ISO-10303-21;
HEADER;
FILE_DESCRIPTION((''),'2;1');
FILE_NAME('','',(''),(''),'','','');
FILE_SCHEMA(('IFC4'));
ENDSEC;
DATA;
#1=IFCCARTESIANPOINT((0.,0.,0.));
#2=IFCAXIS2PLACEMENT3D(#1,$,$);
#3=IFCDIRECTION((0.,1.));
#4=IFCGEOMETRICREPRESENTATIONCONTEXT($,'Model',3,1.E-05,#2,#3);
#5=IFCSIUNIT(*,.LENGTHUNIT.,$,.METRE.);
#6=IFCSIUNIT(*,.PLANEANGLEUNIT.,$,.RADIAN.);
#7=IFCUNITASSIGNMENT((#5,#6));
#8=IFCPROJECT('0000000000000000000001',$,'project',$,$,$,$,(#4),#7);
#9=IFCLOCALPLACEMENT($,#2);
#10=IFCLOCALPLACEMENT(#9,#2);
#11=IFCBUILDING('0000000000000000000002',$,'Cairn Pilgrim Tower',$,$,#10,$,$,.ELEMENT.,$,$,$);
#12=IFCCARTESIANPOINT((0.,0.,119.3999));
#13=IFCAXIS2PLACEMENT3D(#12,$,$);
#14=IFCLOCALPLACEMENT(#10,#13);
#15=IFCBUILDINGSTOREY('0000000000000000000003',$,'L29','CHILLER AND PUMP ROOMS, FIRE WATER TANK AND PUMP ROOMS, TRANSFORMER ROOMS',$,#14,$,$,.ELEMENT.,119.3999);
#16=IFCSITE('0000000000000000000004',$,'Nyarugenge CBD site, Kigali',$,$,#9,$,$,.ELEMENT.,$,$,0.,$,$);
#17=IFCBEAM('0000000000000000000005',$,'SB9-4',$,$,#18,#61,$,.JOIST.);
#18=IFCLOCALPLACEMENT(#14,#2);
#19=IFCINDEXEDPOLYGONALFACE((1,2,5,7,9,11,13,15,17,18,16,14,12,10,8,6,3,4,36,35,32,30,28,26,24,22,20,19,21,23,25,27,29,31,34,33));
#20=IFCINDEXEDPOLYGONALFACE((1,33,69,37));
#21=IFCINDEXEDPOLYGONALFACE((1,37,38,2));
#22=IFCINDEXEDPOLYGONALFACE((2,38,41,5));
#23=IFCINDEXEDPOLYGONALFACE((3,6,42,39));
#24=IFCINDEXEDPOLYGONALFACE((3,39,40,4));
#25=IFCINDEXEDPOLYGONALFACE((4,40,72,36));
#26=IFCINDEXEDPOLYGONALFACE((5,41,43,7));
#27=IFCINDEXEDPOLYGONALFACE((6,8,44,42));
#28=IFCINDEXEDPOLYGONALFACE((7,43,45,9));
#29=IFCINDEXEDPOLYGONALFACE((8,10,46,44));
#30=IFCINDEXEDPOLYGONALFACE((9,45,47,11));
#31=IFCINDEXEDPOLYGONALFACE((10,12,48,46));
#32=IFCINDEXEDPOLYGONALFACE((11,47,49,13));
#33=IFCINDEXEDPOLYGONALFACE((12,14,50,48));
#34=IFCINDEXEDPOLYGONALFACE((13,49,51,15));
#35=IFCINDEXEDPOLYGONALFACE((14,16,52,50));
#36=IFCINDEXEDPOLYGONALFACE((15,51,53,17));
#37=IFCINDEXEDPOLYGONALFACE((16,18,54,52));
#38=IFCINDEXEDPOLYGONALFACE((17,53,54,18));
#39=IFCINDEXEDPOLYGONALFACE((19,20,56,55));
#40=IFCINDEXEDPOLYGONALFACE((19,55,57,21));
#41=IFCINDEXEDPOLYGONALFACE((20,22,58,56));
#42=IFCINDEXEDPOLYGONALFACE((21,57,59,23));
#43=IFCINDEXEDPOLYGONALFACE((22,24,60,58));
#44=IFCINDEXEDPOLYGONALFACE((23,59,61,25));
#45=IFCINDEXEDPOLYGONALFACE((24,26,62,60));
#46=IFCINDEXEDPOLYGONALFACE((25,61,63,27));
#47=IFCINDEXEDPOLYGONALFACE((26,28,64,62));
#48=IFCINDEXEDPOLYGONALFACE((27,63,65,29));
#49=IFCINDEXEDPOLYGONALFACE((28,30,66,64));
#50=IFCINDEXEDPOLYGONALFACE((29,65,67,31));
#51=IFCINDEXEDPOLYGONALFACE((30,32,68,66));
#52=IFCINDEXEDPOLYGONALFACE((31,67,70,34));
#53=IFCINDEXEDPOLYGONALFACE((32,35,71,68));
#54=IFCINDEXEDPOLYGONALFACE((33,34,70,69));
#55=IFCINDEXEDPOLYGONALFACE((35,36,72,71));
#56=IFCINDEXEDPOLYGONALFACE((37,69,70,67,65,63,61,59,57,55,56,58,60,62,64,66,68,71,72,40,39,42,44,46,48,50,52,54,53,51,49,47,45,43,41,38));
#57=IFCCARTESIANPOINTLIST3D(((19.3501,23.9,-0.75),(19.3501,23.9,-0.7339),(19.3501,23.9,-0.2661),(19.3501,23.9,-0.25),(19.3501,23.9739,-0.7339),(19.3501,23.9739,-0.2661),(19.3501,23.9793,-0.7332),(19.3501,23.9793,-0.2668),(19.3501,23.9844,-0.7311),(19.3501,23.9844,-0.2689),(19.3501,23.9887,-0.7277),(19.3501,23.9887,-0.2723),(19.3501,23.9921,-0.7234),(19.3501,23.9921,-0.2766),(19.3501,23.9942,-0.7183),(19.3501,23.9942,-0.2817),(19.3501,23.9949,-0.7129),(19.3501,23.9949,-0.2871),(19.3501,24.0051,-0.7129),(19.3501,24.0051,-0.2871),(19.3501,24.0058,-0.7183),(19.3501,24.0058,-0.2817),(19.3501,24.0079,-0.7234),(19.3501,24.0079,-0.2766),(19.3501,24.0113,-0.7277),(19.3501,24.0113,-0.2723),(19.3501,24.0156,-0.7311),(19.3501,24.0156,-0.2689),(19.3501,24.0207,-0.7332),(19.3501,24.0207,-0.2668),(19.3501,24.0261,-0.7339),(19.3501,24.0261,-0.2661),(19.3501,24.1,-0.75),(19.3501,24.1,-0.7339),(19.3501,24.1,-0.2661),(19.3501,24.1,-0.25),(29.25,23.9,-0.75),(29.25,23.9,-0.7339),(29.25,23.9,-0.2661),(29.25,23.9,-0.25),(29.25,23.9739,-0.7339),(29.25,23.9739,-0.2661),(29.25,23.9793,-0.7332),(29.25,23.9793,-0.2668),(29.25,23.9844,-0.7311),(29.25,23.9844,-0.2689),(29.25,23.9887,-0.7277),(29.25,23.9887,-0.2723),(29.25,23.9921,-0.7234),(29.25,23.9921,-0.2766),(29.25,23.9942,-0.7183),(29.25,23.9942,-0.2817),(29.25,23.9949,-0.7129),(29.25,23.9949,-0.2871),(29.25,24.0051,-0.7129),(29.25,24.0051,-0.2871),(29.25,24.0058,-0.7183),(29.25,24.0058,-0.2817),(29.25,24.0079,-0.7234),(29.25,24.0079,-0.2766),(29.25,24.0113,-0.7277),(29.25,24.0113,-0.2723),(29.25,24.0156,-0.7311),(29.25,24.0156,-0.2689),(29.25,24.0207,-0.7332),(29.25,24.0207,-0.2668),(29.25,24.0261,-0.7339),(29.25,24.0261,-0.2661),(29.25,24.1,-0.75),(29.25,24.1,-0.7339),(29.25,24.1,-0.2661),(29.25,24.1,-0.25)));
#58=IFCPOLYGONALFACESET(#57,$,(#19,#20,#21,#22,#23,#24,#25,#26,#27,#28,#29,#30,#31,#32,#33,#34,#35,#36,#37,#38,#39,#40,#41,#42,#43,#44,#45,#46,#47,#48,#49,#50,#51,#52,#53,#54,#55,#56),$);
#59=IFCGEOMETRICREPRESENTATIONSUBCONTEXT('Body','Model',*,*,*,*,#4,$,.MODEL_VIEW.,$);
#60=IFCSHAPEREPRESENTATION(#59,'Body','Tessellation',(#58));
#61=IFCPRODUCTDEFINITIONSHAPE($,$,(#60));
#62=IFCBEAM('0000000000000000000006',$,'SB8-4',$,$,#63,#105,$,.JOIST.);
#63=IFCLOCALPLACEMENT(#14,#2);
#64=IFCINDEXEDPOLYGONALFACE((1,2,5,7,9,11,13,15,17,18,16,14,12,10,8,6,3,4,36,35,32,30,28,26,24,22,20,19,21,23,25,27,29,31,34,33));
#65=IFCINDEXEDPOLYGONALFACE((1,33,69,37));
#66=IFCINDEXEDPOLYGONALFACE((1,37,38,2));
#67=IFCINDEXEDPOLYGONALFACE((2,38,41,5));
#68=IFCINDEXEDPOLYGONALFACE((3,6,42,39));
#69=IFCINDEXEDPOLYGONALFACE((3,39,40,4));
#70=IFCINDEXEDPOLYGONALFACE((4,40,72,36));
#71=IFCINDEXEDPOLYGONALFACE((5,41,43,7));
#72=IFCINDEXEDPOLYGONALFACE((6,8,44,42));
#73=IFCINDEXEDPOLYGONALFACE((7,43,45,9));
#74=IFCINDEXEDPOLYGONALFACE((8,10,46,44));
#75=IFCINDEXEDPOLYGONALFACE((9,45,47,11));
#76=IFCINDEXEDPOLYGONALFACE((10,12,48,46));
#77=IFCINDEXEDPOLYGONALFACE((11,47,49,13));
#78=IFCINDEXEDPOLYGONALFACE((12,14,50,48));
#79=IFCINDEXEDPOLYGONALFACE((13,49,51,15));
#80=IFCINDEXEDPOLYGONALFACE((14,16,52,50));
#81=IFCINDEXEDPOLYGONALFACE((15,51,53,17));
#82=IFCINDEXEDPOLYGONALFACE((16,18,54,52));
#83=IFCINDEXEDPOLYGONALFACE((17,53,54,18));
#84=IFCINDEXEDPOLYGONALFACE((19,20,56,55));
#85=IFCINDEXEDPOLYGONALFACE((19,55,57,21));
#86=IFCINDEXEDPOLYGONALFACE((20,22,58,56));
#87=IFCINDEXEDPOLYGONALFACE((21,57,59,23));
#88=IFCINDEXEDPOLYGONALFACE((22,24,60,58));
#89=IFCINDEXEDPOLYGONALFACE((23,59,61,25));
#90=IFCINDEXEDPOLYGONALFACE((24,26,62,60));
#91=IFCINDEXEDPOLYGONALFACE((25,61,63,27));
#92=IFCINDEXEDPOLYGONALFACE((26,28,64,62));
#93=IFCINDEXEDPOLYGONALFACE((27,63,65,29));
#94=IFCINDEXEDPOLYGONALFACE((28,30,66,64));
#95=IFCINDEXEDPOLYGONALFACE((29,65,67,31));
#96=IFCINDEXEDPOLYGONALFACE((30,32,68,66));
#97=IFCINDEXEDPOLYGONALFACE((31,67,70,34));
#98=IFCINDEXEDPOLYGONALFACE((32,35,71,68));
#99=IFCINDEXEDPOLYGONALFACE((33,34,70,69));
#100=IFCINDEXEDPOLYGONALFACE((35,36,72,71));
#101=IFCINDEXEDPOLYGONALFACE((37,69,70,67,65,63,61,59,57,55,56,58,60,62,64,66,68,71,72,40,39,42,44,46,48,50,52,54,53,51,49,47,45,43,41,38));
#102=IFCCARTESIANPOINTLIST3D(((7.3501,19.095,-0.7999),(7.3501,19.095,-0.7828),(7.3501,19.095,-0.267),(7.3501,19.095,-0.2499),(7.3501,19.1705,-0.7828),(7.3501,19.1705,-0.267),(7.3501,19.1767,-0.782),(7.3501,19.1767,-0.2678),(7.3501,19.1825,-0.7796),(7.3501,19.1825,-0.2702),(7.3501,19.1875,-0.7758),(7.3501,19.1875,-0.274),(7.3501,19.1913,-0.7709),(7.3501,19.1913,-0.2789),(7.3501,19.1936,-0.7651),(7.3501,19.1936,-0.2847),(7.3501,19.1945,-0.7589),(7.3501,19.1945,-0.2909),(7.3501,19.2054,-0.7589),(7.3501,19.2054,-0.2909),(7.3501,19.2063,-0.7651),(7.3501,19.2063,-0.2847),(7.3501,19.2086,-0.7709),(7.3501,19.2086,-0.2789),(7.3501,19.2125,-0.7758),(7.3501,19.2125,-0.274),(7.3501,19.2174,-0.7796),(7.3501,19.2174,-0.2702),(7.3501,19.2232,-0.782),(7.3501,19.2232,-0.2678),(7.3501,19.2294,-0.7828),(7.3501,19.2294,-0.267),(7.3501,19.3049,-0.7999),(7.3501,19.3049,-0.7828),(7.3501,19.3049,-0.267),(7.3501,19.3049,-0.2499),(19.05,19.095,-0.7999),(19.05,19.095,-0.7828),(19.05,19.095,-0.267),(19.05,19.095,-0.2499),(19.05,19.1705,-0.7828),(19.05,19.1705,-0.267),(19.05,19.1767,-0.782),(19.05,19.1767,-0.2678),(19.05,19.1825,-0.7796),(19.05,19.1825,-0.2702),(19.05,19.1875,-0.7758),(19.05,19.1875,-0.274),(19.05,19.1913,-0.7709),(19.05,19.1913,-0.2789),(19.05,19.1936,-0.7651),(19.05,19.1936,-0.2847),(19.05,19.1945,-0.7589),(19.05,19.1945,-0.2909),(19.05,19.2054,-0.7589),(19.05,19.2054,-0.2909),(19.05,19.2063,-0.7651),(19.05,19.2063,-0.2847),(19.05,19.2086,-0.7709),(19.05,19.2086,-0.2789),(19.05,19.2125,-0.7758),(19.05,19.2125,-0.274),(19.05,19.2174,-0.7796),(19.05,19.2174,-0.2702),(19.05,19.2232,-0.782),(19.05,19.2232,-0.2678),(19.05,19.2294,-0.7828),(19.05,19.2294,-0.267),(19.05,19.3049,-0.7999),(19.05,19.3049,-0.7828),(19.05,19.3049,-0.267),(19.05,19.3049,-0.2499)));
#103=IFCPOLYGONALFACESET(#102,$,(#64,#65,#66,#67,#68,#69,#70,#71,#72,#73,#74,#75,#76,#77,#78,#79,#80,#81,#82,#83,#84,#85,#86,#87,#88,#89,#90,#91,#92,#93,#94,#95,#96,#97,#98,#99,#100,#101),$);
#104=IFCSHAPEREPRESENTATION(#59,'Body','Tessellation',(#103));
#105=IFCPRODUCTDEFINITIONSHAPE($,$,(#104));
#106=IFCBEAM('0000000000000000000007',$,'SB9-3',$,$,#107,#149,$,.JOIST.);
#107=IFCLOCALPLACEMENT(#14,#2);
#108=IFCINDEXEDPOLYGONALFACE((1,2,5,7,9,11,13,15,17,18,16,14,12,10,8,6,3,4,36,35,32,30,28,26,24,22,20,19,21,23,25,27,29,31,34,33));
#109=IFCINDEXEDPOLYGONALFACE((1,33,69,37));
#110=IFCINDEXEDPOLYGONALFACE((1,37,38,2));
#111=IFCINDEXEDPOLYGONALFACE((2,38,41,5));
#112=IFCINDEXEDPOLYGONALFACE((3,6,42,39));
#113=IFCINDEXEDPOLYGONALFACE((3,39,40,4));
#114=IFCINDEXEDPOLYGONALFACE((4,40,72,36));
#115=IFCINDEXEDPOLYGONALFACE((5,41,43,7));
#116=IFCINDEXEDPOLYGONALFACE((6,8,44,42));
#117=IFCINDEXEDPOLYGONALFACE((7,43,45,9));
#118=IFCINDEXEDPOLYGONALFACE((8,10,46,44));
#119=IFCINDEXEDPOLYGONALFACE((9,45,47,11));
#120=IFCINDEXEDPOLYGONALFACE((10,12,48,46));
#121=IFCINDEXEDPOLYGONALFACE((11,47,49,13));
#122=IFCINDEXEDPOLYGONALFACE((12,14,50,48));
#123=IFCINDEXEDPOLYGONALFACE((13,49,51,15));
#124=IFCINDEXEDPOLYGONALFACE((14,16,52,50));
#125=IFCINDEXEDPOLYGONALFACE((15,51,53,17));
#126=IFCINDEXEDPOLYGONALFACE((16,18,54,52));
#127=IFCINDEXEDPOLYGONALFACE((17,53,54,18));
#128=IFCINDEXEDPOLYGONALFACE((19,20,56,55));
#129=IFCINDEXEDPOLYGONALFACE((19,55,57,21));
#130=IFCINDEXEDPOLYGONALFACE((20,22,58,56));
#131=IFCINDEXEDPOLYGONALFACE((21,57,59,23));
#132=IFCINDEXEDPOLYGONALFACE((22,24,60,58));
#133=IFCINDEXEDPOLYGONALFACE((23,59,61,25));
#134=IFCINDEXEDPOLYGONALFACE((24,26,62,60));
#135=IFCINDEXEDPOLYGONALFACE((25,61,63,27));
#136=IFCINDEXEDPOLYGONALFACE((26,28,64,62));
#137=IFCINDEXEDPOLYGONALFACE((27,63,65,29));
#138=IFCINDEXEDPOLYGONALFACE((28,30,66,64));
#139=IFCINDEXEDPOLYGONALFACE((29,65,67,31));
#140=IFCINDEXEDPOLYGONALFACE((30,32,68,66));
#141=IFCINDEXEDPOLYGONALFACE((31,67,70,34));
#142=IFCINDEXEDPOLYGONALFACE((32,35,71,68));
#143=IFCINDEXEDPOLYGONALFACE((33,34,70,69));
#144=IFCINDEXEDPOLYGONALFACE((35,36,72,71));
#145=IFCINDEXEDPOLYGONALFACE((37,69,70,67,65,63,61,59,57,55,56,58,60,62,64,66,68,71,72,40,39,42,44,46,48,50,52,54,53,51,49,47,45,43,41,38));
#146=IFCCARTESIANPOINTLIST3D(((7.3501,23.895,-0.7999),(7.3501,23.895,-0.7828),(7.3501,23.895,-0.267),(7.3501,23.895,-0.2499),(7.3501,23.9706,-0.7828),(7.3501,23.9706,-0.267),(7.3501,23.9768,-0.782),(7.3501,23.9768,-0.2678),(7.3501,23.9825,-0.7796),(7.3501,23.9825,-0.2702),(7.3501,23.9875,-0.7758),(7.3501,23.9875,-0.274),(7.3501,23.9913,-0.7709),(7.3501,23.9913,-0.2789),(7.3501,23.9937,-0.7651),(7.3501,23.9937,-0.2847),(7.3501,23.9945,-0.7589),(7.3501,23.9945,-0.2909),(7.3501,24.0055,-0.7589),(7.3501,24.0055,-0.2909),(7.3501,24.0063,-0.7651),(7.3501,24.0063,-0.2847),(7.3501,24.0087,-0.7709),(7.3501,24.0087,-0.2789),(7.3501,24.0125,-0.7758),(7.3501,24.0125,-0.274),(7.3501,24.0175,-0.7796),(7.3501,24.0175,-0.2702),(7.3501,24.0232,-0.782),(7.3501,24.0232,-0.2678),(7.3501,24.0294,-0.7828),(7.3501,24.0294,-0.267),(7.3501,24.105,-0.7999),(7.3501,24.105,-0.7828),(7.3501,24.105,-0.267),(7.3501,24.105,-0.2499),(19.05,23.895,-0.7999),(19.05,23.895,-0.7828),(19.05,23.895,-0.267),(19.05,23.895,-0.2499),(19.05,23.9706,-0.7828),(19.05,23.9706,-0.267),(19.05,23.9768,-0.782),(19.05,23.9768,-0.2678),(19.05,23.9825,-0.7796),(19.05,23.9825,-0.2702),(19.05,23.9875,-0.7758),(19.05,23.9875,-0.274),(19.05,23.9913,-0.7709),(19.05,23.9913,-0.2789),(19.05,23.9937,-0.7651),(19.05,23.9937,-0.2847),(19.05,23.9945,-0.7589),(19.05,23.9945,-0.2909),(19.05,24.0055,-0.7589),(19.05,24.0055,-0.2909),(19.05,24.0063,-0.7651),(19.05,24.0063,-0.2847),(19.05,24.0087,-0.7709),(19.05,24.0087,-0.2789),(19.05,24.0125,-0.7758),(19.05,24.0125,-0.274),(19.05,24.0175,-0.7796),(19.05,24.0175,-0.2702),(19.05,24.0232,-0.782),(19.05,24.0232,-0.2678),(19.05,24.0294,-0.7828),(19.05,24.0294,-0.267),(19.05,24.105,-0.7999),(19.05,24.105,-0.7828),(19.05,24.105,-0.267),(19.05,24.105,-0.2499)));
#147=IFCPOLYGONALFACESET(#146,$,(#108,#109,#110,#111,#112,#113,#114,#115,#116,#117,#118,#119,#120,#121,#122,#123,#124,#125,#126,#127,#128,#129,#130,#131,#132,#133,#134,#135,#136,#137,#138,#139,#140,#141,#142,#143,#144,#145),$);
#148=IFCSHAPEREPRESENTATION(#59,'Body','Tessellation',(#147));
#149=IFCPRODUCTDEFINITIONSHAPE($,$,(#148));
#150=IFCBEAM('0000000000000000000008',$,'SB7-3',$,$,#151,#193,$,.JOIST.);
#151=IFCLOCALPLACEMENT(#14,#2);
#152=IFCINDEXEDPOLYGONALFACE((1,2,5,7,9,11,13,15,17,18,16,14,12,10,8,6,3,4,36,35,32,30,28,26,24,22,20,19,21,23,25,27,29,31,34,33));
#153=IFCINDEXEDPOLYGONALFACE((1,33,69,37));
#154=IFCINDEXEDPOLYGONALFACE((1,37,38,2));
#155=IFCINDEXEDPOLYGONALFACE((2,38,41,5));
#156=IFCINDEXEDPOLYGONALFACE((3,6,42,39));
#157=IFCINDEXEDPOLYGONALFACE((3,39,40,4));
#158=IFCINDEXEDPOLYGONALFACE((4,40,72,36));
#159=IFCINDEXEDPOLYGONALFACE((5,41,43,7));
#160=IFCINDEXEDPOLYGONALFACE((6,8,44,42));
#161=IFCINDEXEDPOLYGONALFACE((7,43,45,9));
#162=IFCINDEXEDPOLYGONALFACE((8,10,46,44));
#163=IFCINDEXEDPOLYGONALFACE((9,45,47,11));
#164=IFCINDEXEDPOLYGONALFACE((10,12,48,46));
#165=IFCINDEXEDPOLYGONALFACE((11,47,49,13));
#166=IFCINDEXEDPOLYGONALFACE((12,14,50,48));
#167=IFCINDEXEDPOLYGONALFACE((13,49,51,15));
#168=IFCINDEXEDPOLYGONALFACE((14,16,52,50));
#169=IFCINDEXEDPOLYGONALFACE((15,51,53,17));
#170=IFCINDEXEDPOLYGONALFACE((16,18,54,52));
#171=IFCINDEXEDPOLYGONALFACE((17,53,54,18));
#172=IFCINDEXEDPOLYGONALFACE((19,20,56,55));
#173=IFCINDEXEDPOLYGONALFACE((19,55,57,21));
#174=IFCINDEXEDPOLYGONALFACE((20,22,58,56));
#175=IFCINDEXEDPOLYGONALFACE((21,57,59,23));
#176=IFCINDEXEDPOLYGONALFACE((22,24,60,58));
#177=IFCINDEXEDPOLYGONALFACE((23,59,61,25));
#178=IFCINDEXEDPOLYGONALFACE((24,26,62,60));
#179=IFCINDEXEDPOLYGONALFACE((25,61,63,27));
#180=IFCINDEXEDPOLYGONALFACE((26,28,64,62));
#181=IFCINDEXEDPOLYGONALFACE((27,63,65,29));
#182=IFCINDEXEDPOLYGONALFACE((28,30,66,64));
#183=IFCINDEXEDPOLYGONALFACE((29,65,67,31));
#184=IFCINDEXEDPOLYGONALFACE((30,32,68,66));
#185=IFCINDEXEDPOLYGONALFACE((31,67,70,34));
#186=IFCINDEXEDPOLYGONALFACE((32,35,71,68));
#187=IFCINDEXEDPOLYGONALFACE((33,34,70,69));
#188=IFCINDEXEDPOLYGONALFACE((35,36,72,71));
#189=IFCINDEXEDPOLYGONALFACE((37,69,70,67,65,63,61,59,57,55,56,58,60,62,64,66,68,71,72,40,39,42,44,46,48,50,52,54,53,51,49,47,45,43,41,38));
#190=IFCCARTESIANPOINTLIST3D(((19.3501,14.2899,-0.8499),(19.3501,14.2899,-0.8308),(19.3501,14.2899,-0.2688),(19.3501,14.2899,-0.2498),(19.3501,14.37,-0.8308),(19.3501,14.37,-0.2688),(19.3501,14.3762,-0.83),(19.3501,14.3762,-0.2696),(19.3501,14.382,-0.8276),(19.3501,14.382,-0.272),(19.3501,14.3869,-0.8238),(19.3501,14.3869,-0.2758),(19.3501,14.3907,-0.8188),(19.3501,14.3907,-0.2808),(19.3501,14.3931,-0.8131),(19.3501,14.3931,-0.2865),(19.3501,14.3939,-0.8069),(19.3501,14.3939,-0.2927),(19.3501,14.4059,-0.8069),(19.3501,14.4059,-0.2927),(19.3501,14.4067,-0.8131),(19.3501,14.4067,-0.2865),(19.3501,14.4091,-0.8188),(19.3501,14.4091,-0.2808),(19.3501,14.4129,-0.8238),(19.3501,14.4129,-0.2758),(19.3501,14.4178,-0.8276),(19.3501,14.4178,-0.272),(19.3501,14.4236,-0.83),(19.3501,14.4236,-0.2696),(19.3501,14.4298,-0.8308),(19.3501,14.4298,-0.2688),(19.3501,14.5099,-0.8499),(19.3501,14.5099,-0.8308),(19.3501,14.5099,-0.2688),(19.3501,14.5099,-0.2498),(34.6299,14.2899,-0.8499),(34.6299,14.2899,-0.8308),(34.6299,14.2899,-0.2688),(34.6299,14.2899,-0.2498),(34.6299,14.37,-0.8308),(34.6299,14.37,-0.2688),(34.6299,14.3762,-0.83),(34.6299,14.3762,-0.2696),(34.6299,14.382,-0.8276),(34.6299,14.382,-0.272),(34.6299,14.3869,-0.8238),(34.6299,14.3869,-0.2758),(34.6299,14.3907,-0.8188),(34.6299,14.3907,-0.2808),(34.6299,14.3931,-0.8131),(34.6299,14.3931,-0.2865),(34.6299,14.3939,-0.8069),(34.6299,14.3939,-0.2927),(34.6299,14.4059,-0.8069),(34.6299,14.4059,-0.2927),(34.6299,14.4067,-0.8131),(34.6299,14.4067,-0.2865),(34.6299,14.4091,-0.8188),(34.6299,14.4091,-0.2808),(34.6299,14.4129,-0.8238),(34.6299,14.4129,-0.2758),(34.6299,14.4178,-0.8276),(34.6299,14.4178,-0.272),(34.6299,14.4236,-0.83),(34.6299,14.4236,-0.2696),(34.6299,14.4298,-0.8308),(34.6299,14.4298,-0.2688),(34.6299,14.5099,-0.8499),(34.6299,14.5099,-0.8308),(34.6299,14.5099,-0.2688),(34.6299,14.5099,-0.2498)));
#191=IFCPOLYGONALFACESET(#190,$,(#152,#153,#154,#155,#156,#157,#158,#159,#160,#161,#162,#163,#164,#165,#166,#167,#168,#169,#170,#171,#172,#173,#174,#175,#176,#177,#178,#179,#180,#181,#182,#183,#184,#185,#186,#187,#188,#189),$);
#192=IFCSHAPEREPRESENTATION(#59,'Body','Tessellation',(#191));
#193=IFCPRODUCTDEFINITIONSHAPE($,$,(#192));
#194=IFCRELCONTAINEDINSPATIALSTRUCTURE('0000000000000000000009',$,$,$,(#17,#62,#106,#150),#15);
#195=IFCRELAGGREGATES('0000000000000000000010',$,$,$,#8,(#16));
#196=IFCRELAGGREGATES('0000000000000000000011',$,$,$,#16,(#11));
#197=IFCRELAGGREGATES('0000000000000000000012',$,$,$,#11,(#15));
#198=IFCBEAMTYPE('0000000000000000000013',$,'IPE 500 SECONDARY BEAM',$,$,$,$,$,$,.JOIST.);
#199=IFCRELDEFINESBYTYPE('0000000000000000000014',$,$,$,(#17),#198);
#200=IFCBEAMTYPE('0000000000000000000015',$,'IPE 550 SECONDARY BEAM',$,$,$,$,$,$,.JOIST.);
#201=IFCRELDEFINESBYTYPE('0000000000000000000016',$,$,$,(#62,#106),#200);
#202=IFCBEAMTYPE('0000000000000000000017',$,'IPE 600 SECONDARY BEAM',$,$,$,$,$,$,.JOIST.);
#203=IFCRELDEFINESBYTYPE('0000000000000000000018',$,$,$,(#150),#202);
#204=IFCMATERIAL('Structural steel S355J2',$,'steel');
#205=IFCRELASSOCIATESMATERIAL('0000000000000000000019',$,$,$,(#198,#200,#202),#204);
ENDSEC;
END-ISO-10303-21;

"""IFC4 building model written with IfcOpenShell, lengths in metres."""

from ifc_helpers import new_model, si_unit, direction, frame, origin, origin_2d, place, context, subcontext, project, spatial, i_section, extrude, material, material_profile, profile_set, type_object, element, save


model = new_model("IFC4")

# Units and contexts
model_context = context("Model", 3, precision=1e-05, world=origin(), true_north=direction((0.0, 1.0)))
body_context = subcontext(model_context, "Body", "Model", "MODEL_VIEW")
ifc_project = project(units=[si_unit("LENGTHUNIT", "METRE"), si_unit("PLANEANGLEUNIT", "RADIAN")], contexts=[model_context])

# Site, building, storey
site_placement = place(None, origin())
site = spatial("IfcSite", under=ifc_project, at=site_placement, Name="Nyarugenge CBD site, Kigali", CompositionType="ELEMENT", RefElevation=0.0)
building_placement = place(site_placement, origin())
building = spatial("IfcBuilding", under=site, at=building_placement, Name="Cairn Pilgrim Tower", CompositionType="ELEMENT")
storey_placement = place(building_placement, frame((0.0, 0.0, 119.3999)))
storey = spatial("IfcBuildingStorey", under=building, at=storey_placement, Name="L29", Description="CHILLER AND PUMP ROOMS, FIRE WATER TANK AND PUMP ROOMS, TRANSFORMER ROOMS", CompositionType="ELEMENT", Elevation=119.3999)

# Beams
ifc_material_1 = material(Name="Structural steel S355J2", Category="steel")
ifc_material_profile_1 = material_profile(ifc_material_1, i_section(OverallWidth=0.2, OverallDepth=0.5, WebThickness=0.0103, FlangeThickness=0.0161, FilletRadius=0.021, at=origin_2d()), Name="IPE 500")
ifc_profile_set_1 = profile_set([ifc_material_profile_1], Name="Structural steel S355J2")
beam_type_1 = type_object("IfcBeamType", Name="IPE 500 SECONDARY BEAM", PredefinedType="JOIST", material=ifc_profile_set_1)
beam_1_placement = place(storey_placement, frame((19.3501, 24.0, -0.5), z_axis=(1.0, 0.0, 0.0), x_axis=(0.0, 1.0, 0.0)))
element("IfcBeam", 1, at=beam_1_placement, inside=storey, type_object=beam_type_1, Name="SB9-4", PredefinedType="JOIST", context=body_context, shape_type="SweptSolid", body=[
    extrude(i_section(OverallWidth=0.2, OverallDepth=0.5, WebThickness=0.0103, FlangeThickness=0.0161, FilletRadius=0.021, at=origin_2d()), origin(), (0.0, 0.0, 1.0), 9.8999),
])
ifc_material_profile_2 = material_profile(ifc_material_1, i_section(OverallWidth=0.21, OverallDepth=0.55, WebThickness=0.011, FlangeThickness=0.0171, FilletRadius=0.0239, at=origin_2d()), Name="IPE 550")
ifc_profile_set_2 = profile_set([ifc_material_profile_2], Name="Structural steel S355J2")
beam_type_2 = type_object("IfcBeamType", Name="IPE 550 SECONDARY BEAM", PredefinedType="JOIST", material=ifc_profile_set_2)
for number, where, z_axis, x_axis, name in (
    (2, (7.3501, 19.2, -0.5249), (1.0, 0.0, 0.0), (0.0, 1.0, 0.0), "SB8-4"),
    (3, (7.3501, 24.0, -0.5249), (1.0, 0.0, 0.0), (0.0, 1.0, 0.0), "SB9-3"),
):
    element("IfcBeam", number, at=place(storey_placement, frame(where, z_axis=z_axis, x_axis=x_axis)), inside=storey, type_object=beam_type_2, Name=name, PredefinedType="JOIST", context=body_context, shape_type="SweptSolid", body=[
        extrude(i_section(OverallWidth=0.21, OverallDepth=0.55, WebThickness=0.011, FlangeThickness=0.0171, FilletRadius=0.0239, at=origin_2d()), origin(), (0.0, 0.0, 1.0), 11.7),
    ])
ifc_material_profile_3 = material_profile(ifc_material_1, i_section(OverallWidth=0.22, OverallDepth=0.6001, WebThickness=0.012, FlangeThickness=0.019, FilletRadius=0.0239, at=origin_2d()), Name="IPE 600")
ifc_profile_set_3 = profile_set([ifc_material_profile_3], Name="Structural steel S355J2")
beam_type_3 = type_object("IfcBeamType", Name="IPE 600 SECONDARY BEAM", PredefinedType="JOIST", material=ifc_profile_set_3)
beam_2_placement = place(storey_placement, frame((19.3501, 14.3999, -0.5498), z_axis=(1.0, 0.0, 0.0), x_axis=(0.0, 1.0, 0.0)))
element("IfcBeam", 4, at=beam_2_placement, inside=storey, type_object=beam_type_3, Name="SB7-3", PredefinedType="JOIST", context=body_context, shape_type="SweptSolid", body=[
    extrude(i_section(OverallWidth=0.22, OverallDepth=0.6001, WebThickness=0.012, FlangeThickness=0.019, FilletRadius=0.0239, at=origin_2d()), origin(), (0.0, 0.0, 1.0), 15.2798),
])

save(model, "model.ifc")
